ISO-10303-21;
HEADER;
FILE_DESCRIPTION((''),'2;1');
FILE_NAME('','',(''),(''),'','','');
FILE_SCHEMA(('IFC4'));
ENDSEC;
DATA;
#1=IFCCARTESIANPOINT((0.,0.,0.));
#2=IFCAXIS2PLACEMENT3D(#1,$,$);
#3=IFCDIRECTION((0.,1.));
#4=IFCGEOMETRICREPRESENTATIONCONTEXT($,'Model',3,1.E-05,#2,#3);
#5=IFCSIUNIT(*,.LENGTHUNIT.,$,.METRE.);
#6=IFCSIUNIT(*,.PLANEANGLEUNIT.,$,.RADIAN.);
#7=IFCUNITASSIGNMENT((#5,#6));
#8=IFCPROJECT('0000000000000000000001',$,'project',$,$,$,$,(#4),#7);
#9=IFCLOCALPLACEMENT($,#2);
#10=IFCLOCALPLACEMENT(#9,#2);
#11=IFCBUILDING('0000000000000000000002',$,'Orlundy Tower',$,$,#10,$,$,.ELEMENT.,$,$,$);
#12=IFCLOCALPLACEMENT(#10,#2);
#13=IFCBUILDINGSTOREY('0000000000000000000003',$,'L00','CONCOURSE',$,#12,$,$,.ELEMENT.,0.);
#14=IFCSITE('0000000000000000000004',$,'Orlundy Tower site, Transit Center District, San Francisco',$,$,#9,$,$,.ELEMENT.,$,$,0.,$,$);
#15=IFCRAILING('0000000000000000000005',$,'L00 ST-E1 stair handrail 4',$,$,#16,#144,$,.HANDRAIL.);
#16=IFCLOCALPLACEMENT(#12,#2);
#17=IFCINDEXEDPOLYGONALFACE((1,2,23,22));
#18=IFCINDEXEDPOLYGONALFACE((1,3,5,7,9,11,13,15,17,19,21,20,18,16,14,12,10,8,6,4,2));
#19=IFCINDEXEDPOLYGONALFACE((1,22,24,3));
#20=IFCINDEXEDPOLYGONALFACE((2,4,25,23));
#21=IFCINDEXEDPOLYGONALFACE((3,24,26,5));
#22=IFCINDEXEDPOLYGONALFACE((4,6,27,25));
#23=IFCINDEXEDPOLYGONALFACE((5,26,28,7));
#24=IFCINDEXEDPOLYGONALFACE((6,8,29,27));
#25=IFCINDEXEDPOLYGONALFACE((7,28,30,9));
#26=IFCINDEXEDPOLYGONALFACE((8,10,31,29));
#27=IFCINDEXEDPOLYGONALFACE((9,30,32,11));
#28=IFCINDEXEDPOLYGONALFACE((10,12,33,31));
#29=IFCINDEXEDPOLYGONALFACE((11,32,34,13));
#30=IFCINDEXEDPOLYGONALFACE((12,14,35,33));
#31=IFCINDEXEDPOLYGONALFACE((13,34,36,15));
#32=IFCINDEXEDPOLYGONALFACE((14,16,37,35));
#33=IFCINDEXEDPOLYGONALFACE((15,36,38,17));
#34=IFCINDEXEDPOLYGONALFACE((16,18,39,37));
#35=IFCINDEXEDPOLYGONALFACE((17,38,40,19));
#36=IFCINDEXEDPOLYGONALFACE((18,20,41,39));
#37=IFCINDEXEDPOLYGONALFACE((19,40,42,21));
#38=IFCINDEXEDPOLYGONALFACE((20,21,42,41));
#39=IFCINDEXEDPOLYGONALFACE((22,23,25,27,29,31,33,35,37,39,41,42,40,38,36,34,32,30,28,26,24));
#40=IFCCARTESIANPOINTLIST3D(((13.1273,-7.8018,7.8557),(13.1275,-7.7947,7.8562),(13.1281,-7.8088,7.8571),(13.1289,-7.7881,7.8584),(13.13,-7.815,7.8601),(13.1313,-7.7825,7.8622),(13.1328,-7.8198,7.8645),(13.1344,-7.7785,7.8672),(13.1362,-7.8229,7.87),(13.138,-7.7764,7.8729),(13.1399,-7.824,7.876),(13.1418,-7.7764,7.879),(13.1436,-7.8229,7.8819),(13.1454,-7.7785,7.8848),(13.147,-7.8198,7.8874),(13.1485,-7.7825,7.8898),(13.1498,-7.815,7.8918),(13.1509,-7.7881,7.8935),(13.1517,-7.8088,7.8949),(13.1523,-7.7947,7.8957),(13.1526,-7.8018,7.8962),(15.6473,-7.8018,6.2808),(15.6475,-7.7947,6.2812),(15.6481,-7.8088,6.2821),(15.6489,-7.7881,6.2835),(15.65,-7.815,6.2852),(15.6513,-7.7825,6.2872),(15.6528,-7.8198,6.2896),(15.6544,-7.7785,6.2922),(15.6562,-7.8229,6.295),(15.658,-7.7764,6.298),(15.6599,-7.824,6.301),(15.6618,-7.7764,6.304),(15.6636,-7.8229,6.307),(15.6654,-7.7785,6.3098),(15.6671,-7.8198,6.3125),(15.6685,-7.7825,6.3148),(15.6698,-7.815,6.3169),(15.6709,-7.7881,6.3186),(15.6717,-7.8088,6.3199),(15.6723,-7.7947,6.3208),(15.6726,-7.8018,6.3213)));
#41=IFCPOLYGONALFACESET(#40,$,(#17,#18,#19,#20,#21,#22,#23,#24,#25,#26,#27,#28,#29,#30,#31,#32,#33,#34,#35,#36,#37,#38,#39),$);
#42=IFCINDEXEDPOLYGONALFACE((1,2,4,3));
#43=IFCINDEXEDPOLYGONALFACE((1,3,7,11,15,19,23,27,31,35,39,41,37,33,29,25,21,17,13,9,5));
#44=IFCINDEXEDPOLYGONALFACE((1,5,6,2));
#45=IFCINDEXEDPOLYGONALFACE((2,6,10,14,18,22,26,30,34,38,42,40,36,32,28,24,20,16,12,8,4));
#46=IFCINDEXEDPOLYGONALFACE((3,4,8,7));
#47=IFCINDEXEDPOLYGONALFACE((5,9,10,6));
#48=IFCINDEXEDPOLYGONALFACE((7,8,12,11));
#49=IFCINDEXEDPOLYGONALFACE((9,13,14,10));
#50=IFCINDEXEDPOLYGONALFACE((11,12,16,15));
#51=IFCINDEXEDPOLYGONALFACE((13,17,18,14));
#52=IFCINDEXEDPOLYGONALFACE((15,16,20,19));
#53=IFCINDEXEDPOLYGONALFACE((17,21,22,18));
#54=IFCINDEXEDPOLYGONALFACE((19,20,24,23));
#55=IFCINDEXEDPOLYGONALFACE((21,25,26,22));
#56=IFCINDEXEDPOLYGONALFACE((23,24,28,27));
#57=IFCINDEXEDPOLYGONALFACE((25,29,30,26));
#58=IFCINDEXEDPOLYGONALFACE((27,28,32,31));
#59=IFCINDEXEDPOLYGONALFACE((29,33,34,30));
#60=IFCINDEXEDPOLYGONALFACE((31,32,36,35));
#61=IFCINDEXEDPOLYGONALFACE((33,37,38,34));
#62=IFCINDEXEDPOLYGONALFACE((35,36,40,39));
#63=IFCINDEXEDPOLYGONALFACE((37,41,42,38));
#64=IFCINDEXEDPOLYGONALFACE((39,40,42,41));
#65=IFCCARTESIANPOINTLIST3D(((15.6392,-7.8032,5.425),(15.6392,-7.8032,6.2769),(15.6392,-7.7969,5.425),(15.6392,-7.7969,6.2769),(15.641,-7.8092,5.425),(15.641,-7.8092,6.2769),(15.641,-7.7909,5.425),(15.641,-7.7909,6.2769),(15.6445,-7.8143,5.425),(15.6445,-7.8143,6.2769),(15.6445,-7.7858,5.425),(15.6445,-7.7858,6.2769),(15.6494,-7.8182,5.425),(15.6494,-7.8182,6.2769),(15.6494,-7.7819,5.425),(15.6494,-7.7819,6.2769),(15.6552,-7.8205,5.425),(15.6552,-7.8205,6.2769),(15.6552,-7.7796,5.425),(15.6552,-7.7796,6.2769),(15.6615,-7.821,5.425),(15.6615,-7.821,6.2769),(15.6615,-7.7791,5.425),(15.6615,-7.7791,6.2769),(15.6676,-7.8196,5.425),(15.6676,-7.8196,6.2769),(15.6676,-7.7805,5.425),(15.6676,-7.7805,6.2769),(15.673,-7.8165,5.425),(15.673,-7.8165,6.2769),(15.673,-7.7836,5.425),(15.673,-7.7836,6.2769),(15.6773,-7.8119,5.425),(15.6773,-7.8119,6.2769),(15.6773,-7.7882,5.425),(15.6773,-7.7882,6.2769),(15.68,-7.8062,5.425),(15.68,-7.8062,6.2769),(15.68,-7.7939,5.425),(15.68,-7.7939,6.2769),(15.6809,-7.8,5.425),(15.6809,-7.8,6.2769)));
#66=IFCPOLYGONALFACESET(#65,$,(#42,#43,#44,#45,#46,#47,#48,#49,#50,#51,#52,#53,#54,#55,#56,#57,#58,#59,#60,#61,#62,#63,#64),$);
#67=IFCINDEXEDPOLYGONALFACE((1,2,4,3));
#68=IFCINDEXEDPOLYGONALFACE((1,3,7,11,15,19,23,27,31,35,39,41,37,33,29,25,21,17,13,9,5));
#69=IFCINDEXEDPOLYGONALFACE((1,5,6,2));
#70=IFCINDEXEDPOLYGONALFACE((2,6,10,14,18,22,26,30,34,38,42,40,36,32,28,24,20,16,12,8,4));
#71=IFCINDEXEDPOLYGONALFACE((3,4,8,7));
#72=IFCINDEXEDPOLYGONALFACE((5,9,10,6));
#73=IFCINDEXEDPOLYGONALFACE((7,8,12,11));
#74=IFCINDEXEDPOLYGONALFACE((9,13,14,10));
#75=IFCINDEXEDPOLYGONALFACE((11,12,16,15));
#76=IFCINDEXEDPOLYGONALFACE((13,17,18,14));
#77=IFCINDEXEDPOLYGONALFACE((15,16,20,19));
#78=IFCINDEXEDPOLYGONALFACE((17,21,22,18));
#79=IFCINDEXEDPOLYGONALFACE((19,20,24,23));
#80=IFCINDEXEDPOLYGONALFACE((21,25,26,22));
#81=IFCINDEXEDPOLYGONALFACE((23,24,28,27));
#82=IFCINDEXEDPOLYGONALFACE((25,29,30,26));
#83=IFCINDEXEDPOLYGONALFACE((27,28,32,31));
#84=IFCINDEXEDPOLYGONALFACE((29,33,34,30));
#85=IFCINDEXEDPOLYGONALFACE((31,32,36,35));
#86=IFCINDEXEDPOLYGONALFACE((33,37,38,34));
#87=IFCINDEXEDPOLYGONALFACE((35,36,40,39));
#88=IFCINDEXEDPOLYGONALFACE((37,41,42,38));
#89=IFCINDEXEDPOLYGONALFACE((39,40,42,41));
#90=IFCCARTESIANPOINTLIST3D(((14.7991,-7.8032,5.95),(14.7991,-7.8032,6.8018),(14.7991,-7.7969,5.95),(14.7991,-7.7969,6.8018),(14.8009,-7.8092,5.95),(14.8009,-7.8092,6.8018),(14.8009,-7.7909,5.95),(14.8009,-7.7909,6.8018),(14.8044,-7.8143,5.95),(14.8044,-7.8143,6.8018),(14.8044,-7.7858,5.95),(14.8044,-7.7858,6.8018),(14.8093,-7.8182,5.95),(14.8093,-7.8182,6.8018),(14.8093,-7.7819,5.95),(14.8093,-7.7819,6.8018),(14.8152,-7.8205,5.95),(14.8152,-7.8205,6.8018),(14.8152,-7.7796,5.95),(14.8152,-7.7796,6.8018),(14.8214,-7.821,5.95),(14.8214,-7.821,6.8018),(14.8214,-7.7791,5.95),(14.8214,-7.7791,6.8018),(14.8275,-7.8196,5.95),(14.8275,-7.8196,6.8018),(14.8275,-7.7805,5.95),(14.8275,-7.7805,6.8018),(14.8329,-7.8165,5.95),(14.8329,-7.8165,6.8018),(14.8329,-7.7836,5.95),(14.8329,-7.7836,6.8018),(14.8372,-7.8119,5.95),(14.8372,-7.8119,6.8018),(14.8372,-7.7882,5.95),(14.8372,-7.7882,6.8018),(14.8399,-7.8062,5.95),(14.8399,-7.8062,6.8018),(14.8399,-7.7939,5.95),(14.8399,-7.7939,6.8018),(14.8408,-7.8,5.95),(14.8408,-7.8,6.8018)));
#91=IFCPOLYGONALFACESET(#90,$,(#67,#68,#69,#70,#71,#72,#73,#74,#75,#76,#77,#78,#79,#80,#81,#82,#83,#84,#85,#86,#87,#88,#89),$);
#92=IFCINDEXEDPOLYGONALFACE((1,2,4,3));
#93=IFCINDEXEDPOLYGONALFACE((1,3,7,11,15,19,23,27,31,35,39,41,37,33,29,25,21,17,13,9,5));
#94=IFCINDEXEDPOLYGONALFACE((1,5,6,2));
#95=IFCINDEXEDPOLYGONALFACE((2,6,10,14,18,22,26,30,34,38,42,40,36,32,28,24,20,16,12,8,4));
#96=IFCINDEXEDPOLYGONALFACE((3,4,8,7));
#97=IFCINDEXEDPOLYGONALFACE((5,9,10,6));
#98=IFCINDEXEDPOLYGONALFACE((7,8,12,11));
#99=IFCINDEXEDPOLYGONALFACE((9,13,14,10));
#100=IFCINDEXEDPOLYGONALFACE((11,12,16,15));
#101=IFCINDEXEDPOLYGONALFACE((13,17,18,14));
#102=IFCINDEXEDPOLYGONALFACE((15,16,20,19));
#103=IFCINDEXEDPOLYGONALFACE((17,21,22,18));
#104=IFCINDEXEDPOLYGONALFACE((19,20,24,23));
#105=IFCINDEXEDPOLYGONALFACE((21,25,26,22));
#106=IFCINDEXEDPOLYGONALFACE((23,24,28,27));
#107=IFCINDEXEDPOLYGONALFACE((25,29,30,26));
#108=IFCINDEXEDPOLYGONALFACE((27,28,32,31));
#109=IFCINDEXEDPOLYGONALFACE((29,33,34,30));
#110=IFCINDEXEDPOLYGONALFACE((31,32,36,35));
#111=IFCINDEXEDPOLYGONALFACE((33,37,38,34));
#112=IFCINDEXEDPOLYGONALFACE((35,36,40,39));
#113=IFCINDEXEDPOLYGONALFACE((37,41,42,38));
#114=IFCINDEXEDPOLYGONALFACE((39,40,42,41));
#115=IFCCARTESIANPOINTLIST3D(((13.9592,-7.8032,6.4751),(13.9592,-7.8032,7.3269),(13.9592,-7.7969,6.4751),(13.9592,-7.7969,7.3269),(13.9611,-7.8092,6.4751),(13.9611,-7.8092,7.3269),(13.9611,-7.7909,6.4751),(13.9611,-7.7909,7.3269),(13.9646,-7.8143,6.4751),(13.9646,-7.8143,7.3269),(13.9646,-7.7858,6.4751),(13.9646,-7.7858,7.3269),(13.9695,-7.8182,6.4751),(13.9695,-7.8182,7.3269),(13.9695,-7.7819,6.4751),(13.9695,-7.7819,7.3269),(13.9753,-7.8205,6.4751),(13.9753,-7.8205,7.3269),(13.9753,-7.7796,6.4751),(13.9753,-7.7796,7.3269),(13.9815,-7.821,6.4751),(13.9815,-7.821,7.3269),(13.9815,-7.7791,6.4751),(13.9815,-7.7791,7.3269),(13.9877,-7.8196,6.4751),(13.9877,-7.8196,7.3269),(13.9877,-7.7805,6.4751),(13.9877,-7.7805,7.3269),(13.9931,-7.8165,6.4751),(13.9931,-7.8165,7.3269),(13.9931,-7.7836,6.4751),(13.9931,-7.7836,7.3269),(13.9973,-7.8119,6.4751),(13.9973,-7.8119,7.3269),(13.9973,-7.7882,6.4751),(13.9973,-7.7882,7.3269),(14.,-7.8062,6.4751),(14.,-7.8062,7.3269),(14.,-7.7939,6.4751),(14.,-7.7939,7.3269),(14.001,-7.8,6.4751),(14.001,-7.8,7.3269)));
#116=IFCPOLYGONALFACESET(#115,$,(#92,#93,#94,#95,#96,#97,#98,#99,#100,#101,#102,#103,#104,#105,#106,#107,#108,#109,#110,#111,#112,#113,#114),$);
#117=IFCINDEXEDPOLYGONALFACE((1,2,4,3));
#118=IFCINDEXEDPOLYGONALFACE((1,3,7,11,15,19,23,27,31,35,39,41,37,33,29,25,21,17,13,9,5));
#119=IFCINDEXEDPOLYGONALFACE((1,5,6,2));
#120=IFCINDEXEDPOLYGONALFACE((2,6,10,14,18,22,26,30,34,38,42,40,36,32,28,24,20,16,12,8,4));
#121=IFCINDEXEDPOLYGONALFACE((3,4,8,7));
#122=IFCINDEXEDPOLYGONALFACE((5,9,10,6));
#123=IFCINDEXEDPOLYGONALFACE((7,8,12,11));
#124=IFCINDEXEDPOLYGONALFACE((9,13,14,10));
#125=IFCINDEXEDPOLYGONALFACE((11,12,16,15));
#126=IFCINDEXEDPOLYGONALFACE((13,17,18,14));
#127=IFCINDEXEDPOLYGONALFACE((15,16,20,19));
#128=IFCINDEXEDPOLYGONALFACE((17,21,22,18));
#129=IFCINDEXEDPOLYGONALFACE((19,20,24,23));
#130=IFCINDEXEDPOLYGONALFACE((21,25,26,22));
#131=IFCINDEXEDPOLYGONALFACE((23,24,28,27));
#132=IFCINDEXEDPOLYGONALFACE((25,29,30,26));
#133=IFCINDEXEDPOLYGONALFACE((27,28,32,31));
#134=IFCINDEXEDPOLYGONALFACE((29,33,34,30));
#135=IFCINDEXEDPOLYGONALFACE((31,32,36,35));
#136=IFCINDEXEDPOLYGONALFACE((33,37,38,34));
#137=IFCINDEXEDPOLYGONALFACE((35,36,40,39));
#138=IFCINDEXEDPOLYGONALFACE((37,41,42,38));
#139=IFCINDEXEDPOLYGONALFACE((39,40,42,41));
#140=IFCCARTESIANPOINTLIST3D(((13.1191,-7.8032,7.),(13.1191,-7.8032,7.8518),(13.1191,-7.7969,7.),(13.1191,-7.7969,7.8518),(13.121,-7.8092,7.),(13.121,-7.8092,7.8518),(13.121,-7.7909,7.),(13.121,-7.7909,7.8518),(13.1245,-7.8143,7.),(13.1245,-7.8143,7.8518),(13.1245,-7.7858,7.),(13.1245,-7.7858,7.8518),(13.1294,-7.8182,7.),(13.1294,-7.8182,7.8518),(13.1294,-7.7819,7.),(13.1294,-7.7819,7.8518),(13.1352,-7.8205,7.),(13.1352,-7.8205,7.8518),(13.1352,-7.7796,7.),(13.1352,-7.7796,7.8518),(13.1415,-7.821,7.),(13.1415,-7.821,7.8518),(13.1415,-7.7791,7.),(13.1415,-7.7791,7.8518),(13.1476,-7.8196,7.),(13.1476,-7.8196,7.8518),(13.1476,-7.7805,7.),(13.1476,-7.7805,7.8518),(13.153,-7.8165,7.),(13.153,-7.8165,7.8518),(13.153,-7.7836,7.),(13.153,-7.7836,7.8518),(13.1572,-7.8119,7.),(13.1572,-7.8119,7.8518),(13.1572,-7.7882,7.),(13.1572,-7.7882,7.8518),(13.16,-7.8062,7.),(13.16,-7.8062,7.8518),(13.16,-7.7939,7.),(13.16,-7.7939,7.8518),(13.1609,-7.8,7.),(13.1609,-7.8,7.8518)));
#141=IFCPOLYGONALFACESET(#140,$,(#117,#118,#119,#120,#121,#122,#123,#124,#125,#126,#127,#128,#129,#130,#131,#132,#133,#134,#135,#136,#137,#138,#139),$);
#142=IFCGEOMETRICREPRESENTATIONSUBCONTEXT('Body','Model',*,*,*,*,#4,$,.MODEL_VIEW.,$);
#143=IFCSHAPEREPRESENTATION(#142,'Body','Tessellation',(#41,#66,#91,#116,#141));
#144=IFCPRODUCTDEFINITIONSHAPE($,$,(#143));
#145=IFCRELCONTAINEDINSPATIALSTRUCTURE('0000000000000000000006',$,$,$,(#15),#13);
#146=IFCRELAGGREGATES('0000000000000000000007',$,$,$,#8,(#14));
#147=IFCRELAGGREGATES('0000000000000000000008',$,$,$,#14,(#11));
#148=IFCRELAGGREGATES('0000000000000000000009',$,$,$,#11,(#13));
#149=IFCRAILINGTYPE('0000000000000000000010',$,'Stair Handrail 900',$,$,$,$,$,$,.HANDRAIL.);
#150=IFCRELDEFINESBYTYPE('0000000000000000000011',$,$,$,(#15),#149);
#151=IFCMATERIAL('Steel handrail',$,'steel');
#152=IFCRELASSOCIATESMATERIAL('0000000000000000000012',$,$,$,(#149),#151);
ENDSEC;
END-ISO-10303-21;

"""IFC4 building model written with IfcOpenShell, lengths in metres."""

from ifc_helpers import new_model, si_unit, direction, frame, origin, origin_2d, place, context, subcontext, project, spatial, circle, extrude, material, type_object, element, save


model = new_model("IFC4")

# Units and contexts
model_context = context("Model", 3, precision=1e-05, world=origin(), true_north=direction((0.0, 1.0)))
body_context = subcontext(model_context, "Body", "Model", "MODEL_VIEW")
ifc_project = project(units=[si_unit("LENGTHUNIT", "METRE"), si_unit("PLANEANGLEUNIT", "RADIAN")], contexts=[model_context])

# Site, building, storey
site_placement = place(None, origin())
site = spatial("IfcSite", under=ifc_project, at=site_placement, Name="Orlundy Tower site, Transit Center District, San Francisco", CompositionType="ELEMENT", RefElevation=0.0)
building_placement = place(site_placement, origin())
building = spatial("IfcBuilding", under=site, at=building_placement, Name="Orlundy Tower", CompositionType="ELEMENT")
storey_placement = place(building_placement, origin())
storey = spatial("IfcBuildingStorey", under=building, at=storey_placement, Name="L00", Description="CONCOURSE", CompositionType="ELEMENT", Elevation=0.0)

# Railing
ifc_material_1 = material(Name="Steel handrail", Category="steel")
railing_type = type_object("IfcRailingType", Name="Stair Handrail 900", PredefinedType="HANDRAIL", material=ifc_material_1)
for number, where, name in (
    (1, (15.6599, -7.8, 5.425), "L00 ST-E1 stair handrail 4"),
):
    element("IfcRailing", number, at=place(storey_placement, frame(where)), inside=storey, type_object=railing_type, Name=name, PredefinedType="HANDRAIL", context=body_context, shape_type="SweptSolid", body=[
        extrude(circle(Radius=0.0239, at=origin_2d()), frame((0.0, 0.0, 0.876), z_axis=(-0.848008, 0.0, 0.529984), x_axis=(0.0, -1.0, 0.0)), (0.0, 0.0, 1.0), 2.9717),
        extrude(circle(Radius=0.021, at=origin_2d()), origin(), (0.0, 0.0, 1.0), 0.8518),
        extrude(circle(Radius=0.021, at=origin_2d()), frame((-0.8401, 0.0, 0.5249)), (0.0, 0.0, 1.0), 0.8518),
        extrude(circle(Radius=0.021, at=origin_2d()), frame((-1.6799, 0.0, 1.05)), (0.0, 0.0, 1.0), 0.8518),
        extrude(circle(Radius=0.021, at=origin_2d()), frame((-2.52, 0.0, 1.575)), (0.0, 0.0, 1.0), 0.8518),
    ])

save(model, "model.ifc")
